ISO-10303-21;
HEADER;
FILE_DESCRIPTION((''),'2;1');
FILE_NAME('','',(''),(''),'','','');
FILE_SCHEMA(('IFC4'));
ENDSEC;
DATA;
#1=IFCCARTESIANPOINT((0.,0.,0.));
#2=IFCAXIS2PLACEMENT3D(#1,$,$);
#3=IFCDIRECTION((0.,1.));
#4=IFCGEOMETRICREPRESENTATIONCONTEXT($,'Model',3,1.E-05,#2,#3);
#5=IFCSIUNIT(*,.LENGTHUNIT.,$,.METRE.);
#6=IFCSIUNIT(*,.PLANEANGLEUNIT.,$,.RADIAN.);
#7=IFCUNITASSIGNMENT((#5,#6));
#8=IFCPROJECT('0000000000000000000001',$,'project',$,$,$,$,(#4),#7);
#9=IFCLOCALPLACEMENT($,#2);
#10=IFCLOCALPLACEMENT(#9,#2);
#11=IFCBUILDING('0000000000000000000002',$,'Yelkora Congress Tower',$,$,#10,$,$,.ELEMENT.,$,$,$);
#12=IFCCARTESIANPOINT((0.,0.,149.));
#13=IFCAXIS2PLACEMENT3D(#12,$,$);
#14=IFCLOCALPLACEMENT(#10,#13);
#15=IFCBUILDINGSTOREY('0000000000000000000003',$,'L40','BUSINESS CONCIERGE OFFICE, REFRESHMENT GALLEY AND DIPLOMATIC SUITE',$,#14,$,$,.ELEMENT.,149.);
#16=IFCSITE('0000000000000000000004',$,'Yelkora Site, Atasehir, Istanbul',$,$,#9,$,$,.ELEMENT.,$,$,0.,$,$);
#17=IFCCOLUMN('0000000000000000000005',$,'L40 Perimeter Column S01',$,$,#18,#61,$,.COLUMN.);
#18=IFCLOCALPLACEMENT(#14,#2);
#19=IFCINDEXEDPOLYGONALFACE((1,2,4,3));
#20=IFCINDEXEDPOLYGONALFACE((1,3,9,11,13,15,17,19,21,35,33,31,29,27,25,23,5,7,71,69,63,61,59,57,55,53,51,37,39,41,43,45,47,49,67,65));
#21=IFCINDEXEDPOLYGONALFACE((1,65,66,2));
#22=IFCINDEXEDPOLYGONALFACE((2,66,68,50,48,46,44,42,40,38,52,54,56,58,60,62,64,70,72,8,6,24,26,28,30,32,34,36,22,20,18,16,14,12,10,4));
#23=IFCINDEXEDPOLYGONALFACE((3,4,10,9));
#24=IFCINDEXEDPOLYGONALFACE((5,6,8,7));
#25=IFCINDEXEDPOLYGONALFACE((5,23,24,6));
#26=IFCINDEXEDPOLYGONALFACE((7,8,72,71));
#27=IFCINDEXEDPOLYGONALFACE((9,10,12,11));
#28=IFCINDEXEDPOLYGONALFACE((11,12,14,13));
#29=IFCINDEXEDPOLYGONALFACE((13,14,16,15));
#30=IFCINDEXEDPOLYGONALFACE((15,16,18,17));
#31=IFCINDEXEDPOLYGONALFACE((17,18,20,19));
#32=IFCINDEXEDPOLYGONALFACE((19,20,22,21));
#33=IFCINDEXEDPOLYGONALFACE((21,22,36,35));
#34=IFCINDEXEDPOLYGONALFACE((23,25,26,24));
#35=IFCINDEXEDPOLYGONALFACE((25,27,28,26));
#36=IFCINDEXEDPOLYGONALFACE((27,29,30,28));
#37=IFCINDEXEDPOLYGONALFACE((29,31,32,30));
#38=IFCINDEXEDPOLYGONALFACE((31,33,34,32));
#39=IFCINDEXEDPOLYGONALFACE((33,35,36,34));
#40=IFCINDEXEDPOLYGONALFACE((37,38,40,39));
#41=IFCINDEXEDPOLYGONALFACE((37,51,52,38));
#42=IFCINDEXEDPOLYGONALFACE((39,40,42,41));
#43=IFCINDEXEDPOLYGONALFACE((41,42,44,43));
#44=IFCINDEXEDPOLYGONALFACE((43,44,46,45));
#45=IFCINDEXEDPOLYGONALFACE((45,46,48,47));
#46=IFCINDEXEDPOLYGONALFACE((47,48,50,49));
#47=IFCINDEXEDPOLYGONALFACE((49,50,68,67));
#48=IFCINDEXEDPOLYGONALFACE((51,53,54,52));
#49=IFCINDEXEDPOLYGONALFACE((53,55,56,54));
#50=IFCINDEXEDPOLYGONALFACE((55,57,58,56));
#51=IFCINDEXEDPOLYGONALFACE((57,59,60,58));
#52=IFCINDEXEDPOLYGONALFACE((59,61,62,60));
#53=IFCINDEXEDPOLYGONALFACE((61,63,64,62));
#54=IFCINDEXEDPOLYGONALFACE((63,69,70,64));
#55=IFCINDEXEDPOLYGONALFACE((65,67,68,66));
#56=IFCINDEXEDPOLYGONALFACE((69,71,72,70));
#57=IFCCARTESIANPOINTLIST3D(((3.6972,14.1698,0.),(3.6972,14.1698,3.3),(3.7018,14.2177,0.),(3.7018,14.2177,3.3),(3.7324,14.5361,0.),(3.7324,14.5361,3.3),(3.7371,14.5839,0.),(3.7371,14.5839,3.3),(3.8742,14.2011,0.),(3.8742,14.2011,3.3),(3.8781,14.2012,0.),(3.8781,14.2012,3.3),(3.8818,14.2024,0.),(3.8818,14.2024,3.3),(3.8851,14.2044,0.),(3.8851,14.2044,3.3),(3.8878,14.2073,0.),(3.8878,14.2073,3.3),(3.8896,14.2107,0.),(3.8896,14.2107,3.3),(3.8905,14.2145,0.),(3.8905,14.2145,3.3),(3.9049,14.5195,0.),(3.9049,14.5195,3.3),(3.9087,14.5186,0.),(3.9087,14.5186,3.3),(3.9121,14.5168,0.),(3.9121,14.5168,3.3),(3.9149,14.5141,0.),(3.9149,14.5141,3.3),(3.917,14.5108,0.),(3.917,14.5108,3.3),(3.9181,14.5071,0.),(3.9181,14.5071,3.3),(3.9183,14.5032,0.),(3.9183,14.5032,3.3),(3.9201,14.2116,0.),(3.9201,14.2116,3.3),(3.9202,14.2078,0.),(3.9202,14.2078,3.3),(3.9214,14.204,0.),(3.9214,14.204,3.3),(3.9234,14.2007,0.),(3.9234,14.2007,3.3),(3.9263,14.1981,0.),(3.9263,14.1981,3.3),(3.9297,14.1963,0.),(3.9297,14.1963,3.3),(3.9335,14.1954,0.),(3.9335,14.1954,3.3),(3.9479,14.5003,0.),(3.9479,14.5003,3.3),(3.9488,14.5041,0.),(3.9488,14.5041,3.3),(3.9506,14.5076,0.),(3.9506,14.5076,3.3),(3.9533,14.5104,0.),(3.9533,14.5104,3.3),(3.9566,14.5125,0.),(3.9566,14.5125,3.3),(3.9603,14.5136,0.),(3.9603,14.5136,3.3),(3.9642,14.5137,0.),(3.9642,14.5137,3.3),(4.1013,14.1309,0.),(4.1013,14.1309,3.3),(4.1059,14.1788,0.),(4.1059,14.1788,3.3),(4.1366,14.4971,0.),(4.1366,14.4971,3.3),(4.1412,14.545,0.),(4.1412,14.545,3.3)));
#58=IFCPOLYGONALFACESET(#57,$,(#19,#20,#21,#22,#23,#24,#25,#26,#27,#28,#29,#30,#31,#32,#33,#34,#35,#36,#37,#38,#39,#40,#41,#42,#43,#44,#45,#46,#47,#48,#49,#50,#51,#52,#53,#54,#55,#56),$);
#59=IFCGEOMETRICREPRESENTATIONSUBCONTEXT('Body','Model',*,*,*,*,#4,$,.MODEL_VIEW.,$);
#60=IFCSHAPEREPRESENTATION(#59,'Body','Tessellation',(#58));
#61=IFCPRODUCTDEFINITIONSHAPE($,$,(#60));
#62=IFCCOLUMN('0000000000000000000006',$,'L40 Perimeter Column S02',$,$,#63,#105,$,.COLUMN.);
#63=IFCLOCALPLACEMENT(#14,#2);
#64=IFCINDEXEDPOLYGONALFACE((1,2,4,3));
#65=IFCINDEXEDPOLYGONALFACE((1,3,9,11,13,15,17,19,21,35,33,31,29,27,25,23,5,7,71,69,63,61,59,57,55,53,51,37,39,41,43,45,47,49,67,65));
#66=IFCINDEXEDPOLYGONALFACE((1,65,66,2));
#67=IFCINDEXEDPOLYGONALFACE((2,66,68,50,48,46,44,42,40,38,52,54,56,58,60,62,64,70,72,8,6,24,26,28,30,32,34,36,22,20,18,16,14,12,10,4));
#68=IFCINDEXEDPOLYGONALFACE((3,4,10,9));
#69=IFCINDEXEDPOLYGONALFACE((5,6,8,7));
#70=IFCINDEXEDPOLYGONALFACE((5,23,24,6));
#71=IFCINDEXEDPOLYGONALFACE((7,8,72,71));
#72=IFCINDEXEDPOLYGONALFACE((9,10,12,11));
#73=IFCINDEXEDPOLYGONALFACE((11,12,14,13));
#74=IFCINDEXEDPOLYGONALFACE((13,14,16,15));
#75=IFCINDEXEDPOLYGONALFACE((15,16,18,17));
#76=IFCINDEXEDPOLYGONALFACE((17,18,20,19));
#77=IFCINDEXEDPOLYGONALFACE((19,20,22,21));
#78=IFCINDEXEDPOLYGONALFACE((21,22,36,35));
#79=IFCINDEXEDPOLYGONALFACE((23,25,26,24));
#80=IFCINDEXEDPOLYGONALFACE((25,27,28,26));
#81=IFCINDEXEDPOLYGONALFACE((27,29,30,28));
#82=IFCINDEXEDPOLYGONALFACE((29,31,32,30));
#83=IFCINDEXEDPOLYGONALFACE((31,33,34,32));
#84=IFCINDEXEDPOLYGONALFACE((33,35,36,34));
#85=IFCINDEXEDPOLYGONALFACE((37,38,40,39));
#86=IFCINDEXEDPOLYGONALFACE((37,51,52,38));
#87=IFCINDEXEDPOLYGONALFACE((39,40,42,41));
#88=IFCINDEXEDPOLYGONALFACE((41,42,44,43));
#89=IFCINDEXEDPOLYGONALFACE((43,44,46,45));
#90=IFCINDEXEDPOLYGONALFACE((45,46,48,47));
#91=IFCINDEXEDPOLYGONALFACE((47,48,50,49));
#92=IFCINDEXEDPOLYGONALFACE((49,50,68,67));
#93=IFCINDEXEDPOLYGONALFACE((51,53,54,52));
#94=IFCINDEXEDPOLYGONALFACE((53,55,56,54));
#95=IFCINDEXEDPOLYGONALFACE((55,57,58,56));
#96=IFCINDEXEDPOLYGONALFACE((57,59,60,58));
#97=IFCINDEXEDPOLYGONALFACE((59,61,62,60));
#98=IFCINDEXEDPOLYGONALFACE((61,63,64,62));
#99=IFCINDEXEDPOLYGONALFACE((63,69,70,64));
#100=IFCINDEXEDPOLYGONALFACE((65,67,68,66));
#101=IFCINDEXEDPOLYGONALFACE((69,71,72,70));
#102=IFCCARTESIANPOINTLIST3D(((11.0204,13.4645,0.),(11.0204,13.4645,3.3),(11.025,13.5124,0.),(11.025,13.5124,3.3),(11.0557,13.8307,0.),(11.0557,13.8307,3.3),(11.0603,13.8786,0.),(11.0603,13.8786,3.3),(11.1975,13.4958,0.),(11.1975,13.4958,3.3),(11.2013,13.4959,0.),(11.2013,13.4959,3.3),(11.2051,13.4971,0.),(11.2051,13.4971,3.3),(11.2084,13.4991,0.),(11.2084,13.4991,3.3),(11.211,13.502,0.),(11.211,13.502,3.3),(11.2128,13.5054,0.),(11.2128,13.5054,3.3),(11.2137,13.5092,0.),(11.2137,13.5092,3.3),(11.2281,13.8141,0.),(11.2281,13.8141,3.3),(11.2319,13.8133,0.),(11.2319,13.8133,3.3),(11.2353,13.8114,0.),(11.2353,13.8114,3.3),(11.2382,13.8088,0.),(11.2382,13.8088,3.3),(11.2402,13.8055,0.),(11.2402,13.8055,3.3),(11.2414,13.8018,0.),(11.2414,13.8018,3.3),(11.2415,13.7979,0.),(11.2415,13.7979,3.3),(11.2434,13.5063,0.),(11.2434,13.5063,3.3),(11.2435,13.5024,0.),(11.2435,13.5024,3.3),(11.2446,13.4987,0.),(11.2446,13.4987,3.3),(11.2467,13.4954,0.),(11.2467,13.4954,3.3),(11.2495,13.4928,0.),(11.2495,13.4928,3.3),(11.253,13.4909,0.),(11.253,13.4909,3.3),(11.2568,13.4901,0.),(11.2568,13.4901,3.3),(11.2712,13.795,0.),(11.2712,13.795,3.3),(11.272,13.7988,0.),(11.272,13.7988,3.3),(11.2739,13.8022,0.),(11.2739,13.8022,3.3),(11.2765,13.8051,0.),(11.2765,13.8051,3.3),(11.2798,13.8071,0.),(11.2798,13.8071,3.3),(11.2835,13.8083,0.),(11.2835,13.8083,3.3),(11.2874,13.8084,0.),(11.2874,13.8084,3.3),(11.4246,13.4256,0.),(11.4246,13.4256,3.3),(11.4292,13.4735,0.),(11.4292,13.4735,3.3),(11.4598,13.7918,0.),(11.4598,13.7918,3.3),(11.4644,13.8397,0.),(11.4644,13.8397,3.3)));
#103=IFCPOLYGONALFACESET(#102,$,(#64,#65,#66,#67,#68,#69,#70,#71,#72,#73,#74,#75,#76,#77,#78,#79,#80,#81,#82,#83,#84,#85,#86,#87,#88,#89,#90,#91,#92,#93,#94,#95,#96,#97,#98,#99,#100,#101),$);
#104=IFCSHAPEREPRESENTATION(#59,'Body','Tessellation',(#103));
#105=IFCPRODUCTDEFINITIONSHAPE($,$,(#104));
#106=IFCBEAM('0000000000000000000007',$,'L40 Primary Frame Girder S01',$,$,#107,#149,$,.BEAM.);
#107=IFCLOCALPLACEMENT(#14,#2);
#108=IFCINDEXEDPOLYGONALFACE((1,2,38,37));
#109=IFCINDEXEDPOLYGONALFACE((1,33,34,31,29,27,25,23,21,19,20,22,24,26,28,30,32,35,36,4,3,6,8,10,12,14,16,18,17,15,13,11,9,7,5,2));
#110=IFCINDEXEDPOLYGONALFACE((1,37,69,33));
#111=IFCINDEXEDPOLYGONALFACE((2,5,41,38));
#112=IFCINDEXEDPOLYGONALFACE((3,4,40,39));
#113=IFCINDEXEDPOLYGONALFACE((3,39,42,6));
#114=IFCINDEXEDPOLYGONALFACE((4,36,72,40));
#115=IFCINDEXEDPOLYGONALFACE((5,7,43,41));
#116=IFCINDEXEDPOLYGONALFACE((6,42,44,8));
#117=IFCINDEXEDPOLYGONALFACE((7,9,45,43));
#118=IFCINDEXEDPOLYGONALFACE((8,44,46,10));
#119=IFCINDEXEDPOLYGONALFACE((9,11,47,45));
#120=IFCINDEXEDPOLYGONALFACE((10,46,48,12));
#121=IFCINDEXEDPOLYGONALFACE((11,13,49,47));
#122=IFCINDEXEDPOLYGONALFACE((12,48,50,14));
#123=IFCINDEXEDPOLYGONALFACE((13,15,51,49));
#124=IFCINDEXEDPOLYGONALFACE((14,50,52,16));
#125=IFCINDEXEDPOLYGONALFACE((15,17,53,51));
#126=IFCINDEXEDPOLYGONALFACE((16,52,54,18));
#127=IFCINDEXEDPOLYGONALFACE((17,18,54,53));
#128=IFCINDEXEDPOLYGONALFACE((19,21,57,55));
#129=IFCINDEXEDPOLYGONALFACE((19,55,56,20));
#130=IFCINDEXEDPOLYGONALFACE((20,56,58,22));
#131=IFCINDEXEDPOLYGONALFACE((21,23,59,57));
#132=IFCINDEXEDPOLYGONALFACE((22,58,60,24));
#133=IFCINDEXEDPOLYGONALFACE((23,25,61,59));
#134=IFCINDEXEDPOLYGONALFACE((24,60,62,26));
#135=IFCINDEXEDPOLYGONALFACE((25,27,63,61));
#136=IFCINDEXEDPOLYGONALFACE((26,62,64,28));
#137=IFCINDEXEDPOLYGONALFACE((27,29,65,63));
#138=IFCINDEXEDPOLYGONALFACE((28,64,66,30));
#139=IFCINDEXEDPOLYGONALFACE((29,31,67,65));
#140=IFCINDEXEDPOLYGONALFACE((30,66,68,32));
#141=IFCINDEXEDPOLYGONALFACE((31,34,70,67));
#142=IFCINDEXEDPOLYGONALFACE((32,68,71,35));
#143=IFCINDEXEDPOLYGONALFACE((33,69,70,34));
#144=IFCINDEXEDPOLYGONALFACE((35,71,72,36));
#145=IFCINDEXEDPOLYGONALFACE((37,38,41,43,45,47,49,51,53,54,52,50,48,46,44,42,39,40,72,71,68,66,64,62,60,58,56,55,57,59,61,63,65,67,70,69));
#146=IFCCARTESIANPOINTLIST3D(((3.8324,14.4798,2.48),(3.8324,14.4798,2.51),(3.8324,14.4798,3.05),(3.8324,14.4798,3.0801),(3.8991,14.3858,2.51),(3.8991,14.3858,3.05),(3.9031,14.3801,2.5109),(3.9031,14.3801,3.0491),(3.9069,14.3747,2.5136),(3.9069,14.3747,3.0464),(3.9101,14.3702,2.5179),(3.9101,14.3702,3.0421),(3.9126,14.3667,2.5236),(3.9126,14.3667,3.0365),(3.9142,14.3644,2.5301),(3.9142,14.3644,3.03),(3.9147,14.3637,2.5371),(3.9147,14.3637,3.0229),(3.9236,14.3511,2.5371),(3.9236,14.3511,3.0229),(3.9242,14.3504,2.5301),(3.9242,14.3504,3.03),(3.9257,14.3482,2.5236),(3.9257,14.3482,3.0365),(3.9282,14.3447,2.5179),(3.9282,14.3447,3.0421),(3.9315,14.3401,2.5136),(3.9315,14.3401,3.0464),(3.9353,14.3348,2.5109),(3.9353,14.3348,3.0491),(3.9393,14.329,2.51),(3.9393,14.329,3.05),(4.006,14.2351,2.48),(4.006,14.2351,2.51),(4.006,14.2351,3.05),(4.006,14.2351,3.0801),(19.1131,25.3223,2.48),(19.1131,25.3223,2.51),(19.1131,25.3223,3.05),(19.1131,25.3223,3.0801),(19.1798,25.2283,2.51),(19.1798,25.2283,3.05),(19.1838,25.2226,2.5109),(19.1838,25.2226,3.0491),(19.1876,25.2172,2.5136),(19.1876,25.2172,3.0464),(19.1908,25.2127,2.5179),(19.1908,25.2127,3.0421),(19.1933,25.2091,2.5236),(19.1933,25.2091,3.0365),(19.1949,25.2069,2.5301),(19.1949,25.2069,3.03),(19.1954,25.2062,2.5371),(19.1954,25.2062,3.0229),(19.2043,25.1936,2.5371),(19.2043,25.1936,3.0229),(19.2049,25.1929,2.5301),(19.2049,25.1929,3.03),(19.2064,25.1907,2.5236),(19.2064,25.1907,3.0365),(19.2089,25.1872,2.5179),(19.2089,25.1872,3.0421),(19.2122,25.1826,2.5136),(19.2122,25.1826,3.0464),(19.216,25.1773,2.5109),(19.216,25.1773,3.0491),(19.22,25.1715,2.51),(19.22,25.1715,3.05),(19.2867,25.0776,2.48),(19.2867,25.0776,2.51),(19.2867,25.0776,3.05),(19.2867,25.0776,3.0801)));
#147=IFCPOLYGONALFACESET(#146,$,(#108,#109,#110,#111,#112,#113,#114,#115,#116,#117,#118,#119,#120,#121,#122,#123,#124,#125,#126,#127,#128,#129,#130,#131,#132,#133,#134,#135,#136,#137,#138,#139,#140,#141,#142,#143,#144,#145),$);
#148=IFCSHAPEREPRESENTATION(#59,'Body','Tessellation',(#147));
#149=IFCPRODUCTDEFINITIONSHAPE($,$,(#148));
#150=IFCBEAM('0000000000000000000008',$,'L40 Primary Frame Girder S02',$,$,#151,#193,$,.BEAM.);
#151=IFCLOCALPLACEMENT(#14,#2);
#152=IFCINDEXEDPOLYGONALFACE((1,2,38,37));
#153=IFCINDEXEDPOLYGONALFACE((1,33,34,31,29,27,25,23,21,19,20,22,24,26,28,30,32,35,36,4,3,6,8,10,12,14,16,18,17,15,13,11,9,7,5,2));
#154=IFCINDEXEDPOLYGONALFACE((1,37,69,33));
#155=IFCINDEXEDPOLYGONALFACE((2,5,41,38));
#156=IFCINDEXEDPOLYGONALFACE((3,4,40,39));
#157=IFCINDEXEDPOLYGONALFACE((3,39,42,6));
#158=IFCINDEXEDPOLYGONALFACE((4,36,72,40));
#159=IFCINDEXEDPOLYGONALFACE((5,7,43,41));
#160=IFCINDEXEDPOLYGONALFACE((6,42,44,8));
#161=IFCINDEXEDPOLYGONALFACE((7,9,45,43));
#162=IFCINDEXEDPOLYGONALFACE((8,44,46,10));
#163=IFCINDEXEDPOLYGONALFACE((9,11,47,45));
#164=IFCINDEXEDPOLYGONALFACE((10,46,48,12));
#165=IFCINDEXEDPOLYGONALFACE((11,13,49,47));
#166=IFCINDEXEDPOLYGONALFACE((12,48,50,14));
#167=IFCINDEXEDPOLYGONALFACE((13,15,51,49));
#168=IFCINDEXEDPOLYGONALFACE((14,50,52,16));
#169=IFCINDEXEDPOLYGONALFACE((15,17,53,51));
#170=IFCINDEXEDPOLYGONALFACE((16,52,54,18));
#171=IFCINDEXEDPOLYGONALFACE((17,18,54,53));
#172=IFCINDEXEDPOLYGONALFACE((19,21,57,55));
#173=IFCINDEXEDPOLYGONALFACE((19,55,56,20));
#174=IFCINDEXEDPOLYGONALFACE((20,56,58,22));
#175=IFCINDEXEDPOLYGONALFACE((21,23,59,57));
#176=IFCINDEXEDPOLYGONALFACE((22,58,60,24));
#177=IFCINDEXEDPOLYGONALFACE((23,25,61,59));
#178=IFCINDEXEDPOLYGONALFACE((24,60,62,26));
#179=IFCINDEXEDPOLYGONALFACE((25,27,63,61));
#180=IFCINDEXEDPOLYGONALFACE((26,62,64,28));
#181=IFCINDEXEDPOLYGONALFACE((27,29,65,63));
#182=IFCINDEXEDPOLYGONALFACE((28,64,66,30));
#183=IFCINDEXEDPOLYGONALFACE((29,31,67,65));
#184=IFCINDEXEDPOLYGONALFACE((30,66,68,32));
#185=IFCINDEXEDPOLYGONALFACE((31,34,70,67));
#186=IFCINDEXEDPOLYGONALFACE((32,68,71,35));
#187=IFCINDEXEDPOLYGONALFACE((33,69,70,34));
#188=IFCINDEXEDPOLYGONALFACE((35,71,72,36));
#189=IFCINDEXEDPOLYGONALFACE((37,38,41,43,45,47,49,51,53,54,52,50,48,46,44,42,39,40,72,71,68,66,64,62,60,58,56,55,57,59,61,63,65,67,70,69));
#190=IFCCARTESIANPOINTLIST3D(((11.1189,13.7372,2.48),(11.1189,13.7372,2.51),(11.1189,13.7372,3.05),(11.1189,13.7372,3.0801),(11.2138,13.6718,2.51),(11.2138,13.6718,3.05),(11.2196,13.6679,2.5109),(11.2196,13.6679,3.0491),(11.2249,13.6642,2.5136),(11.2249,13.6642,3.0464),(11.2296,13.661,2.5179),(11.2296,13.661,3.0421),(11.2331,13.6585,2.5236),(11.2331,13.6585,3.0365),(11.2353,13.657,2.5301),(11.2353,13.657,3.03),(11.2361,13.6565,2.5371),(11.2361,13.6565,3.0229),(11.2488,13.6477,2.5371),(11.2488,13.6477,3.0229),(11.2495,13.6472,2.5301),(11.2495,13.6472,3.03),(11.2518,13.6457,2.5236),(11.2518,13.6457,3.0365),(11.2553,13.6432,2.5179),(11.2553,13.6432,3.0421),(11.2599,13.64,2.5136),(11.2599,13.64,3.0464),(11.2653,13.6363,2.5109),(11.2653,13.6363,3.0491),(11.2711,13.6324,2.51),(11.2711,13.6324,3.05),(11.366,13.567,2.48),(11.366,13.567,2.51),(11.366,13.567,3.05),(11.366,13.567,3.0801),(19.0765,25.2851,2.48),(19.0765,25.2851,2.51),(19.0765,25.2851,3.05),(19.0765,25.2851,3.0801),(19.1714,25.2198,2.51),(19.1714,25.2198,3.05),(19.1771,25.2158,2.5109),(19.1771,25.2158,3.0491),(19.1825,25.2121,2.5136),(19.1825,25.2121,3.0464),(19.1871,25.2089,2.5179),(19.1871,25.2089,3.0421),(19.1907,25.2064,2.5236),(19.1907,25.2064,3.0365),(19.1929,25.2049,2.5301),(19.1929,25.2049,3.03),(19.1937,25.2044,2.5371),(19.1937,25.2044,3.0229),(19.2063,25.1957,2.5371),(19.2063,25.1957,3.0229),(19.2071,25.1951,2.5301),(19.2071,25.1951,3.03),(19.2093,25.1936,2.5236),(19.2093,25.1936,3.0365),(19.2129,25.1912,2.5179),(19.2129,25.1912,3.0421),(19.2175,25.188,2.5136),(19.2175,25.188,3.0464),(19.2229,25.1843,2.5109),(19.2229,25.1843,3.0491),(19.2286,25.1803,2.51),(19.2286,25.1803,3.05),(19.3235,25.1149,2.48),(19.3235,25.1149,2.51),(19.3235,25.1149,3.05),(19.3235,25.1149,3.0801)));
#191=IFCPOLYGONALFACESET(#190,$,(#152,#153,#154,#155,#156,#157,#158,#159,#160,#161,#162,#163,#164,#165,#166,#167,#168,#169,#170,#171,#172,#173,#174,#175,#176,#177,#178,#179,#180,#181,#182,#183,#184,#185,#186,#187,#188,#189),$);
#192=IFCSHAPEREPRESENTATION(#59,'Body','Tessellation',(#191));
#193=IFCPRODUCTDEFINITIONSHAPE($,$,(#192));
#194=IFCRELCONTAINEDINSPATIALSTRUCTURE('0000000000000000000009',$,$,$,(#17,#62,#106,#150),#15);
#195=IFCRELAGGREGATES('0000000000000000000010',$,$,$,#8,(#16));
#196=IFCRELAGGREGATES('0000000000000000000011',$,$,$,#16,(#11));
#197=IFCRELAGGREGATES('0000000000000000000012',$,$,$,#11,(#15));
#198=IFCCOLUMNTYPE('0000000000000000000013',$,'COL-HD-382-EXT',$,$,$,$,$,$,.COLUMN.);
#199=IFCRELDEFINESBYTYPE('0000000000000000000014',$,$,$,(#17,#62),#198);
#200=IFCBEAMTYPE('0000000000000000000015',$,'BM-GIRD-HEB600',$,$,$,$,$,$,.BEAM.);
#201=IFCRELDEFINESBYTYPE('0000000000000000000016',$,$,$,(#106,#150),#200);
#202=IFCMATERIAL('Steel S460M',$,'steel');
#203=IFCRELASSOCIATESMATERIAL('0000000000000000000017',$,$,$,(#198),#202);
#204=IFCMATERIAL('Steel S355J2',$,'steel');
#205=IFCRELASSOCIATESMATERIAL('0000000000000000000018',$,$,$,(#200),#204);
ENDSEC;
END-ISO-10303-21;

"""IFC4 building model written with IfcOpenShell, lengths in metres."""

from ifc_helpers import new_model, si_unit, direction, frame, origin, origin_2d, place, context, subcontext, project, spatial, i_section, extrude, material, material_profile, profile_set, type_object, element, save


model = new_model("IFC4")

# Units and contexts
model_context = context("Model", 3, precision=1e-05, world=origin(), true_north=direction((0.0, 1.0)))
body_context = subcontext(model_context, "Body", "Model", "MODEL_VIEW")
ifc_project = project(units=[si_unit("LENGTHUNIT", "METRE"), si_unit("PLANEANGLEUNIT", "RADIAN")], contexts=[model_context])

# Site, building, storey
site_placement = place(None, origin())
site = spatial("IfcSite", under=ifc_project, at=site_placement, Name="Yelkora Site, Atasehir, Istanbul", CompositionType="ELEMENT", RefElevation=0.0)
building_placement = place(site_placement, origin())
building = spatial("IfcBuilding", under=site, at=building_placement, Name="Yelkora Congress Tower", CompositionType="ELEMENT")
storey_placement = place(building_placement, frame((0.0, 0.0, 149.0)))
storey = spatial("IfcBuildingStorey", under=building, at=storey_placement, Name="L40", Description="BUSINESS CONCIERGE OFFICE, REFRESHMENT GALLEY AND DIPLOMATIC SUITE", CompositionType="ELEMENT", Elevation=149.0)

# Columns
ifc_material_1 = material(Name="Steel S460M", Category="steel")
ifc_material_profile_1 = material_profile(ifc_material_1, i_section(OverallWidth=0.406, OverallDepth=0.416, WebThickness=0.0298, FlangeThickness=0.0481, FilletRadius=0.0149, at=origin_2d()), Name="HD 400x382")
ifc_profile_set_1 = profile_set([ifc_material_profile_1], Name="Steel S460M")
column_type = type_object("IfcColumnType", Name="COL-HD-382-EXT", PredefinedType="COLUMN", material=ifc_profile_set_1)
for number, where, z_axis, x_axis, name in (
    (1, (3.9192, 14.3574, 0.0), (0.0, 0.0, 1.0), (0.995396, -0.095846, 0.0), "L40 Perimeter Column S01"),
    (2, (11.2424, 13.6521, 0.0), (0.0, 0.0, 1.0), (0.995396, -0.095846, 0.0), "L40 Perimeter Column S02"),
):
    element("IfcColumn", number, at=place(storey_placement, frame(where, z_axis=z_axis, x_axis=x_axis)), inside=storey, type_object=column_type, Name=name, PredefinedType="COLUMN", context=body_context, shape_type="SweptSolid", body=[
        extrude(i_section(OverallWidth=0.406, OverallDepth=0.416, WebThickness=0.0298, FlangeThickness=0.0481, FilletRadius=0.0149, at=origin_2d()), origin(), (0.0, 0.0, 1.0), 3.3),
    ])

# Beams
ifc_material_2 = material(Name="Steel S355J2", Category="steel")
ifc_material_profile_2 = material_profile(ifc_material_2, i_section(OverallWidth=0.3, OverallDepth=0.6001, WebThickness=0.0154, FlangeThickness=0.03, FilletRadius=0.0271, at=origin_2d()), Name="HEB 600")
ifc_profile_set_2 = profile_set([ifc_material_profile_2], Name="Steel S355J2")
beam_type_1 = type_object("IfcBeamType", Name="BM-GIRD-HEB600", PredefinedType="BEAM", material=ifc_profile_set_2)
beam_1_placement = place(storey_placement, frame((3.9192, 14.3574, 2.78), z_axis=(0.815555, 0.57868, 0.0), x_axis=(-0.57868, 0.815555, 0.0)))
element("IfcBeam", 3, at=beam_1_placement, inside=storey, type_object=beam_type_1, Name="L40 Primary Frame Girder S01", PredefinedType="BEAM", context=body_context, shape_type="SweptSolid", body=[
    extrude(i_section(OverallWidth=0.3, OverallDepth=0.6001, WebThickness=0.0154, FlangeThickness=0.03, FilletRadius=0.0271, at=origin_2d()), origin(), (0.0, 0.0, 1.0), 18.7366),
])
beam_2_placement = place(storey_placement, frame((11.2424, 13.6521, 2.78), z_axis=(0.567418, 0.82343, 0.0), x_axis=(-0.82343, 0.567418, 0.0)))
element("IfcBeam", 4, at=beam_2_placement, inside=storey, type_object=beam_type_1, Name="L40 Primary Frame Girder S02", PredefinedType="BEAM", context=body_context, shape_type="SweptSolid", body=[
    extrude(i_section(OverallWidth=0.3, OverallDepth=0.6001, WebThickness=0.0154, FlangeThickness=0.03, FilletRadius=0.0271, at=origin_2d()), origin(), (0.0, 0.0, 1.0), 14.0242),
])

save(model, "model.ifc")
